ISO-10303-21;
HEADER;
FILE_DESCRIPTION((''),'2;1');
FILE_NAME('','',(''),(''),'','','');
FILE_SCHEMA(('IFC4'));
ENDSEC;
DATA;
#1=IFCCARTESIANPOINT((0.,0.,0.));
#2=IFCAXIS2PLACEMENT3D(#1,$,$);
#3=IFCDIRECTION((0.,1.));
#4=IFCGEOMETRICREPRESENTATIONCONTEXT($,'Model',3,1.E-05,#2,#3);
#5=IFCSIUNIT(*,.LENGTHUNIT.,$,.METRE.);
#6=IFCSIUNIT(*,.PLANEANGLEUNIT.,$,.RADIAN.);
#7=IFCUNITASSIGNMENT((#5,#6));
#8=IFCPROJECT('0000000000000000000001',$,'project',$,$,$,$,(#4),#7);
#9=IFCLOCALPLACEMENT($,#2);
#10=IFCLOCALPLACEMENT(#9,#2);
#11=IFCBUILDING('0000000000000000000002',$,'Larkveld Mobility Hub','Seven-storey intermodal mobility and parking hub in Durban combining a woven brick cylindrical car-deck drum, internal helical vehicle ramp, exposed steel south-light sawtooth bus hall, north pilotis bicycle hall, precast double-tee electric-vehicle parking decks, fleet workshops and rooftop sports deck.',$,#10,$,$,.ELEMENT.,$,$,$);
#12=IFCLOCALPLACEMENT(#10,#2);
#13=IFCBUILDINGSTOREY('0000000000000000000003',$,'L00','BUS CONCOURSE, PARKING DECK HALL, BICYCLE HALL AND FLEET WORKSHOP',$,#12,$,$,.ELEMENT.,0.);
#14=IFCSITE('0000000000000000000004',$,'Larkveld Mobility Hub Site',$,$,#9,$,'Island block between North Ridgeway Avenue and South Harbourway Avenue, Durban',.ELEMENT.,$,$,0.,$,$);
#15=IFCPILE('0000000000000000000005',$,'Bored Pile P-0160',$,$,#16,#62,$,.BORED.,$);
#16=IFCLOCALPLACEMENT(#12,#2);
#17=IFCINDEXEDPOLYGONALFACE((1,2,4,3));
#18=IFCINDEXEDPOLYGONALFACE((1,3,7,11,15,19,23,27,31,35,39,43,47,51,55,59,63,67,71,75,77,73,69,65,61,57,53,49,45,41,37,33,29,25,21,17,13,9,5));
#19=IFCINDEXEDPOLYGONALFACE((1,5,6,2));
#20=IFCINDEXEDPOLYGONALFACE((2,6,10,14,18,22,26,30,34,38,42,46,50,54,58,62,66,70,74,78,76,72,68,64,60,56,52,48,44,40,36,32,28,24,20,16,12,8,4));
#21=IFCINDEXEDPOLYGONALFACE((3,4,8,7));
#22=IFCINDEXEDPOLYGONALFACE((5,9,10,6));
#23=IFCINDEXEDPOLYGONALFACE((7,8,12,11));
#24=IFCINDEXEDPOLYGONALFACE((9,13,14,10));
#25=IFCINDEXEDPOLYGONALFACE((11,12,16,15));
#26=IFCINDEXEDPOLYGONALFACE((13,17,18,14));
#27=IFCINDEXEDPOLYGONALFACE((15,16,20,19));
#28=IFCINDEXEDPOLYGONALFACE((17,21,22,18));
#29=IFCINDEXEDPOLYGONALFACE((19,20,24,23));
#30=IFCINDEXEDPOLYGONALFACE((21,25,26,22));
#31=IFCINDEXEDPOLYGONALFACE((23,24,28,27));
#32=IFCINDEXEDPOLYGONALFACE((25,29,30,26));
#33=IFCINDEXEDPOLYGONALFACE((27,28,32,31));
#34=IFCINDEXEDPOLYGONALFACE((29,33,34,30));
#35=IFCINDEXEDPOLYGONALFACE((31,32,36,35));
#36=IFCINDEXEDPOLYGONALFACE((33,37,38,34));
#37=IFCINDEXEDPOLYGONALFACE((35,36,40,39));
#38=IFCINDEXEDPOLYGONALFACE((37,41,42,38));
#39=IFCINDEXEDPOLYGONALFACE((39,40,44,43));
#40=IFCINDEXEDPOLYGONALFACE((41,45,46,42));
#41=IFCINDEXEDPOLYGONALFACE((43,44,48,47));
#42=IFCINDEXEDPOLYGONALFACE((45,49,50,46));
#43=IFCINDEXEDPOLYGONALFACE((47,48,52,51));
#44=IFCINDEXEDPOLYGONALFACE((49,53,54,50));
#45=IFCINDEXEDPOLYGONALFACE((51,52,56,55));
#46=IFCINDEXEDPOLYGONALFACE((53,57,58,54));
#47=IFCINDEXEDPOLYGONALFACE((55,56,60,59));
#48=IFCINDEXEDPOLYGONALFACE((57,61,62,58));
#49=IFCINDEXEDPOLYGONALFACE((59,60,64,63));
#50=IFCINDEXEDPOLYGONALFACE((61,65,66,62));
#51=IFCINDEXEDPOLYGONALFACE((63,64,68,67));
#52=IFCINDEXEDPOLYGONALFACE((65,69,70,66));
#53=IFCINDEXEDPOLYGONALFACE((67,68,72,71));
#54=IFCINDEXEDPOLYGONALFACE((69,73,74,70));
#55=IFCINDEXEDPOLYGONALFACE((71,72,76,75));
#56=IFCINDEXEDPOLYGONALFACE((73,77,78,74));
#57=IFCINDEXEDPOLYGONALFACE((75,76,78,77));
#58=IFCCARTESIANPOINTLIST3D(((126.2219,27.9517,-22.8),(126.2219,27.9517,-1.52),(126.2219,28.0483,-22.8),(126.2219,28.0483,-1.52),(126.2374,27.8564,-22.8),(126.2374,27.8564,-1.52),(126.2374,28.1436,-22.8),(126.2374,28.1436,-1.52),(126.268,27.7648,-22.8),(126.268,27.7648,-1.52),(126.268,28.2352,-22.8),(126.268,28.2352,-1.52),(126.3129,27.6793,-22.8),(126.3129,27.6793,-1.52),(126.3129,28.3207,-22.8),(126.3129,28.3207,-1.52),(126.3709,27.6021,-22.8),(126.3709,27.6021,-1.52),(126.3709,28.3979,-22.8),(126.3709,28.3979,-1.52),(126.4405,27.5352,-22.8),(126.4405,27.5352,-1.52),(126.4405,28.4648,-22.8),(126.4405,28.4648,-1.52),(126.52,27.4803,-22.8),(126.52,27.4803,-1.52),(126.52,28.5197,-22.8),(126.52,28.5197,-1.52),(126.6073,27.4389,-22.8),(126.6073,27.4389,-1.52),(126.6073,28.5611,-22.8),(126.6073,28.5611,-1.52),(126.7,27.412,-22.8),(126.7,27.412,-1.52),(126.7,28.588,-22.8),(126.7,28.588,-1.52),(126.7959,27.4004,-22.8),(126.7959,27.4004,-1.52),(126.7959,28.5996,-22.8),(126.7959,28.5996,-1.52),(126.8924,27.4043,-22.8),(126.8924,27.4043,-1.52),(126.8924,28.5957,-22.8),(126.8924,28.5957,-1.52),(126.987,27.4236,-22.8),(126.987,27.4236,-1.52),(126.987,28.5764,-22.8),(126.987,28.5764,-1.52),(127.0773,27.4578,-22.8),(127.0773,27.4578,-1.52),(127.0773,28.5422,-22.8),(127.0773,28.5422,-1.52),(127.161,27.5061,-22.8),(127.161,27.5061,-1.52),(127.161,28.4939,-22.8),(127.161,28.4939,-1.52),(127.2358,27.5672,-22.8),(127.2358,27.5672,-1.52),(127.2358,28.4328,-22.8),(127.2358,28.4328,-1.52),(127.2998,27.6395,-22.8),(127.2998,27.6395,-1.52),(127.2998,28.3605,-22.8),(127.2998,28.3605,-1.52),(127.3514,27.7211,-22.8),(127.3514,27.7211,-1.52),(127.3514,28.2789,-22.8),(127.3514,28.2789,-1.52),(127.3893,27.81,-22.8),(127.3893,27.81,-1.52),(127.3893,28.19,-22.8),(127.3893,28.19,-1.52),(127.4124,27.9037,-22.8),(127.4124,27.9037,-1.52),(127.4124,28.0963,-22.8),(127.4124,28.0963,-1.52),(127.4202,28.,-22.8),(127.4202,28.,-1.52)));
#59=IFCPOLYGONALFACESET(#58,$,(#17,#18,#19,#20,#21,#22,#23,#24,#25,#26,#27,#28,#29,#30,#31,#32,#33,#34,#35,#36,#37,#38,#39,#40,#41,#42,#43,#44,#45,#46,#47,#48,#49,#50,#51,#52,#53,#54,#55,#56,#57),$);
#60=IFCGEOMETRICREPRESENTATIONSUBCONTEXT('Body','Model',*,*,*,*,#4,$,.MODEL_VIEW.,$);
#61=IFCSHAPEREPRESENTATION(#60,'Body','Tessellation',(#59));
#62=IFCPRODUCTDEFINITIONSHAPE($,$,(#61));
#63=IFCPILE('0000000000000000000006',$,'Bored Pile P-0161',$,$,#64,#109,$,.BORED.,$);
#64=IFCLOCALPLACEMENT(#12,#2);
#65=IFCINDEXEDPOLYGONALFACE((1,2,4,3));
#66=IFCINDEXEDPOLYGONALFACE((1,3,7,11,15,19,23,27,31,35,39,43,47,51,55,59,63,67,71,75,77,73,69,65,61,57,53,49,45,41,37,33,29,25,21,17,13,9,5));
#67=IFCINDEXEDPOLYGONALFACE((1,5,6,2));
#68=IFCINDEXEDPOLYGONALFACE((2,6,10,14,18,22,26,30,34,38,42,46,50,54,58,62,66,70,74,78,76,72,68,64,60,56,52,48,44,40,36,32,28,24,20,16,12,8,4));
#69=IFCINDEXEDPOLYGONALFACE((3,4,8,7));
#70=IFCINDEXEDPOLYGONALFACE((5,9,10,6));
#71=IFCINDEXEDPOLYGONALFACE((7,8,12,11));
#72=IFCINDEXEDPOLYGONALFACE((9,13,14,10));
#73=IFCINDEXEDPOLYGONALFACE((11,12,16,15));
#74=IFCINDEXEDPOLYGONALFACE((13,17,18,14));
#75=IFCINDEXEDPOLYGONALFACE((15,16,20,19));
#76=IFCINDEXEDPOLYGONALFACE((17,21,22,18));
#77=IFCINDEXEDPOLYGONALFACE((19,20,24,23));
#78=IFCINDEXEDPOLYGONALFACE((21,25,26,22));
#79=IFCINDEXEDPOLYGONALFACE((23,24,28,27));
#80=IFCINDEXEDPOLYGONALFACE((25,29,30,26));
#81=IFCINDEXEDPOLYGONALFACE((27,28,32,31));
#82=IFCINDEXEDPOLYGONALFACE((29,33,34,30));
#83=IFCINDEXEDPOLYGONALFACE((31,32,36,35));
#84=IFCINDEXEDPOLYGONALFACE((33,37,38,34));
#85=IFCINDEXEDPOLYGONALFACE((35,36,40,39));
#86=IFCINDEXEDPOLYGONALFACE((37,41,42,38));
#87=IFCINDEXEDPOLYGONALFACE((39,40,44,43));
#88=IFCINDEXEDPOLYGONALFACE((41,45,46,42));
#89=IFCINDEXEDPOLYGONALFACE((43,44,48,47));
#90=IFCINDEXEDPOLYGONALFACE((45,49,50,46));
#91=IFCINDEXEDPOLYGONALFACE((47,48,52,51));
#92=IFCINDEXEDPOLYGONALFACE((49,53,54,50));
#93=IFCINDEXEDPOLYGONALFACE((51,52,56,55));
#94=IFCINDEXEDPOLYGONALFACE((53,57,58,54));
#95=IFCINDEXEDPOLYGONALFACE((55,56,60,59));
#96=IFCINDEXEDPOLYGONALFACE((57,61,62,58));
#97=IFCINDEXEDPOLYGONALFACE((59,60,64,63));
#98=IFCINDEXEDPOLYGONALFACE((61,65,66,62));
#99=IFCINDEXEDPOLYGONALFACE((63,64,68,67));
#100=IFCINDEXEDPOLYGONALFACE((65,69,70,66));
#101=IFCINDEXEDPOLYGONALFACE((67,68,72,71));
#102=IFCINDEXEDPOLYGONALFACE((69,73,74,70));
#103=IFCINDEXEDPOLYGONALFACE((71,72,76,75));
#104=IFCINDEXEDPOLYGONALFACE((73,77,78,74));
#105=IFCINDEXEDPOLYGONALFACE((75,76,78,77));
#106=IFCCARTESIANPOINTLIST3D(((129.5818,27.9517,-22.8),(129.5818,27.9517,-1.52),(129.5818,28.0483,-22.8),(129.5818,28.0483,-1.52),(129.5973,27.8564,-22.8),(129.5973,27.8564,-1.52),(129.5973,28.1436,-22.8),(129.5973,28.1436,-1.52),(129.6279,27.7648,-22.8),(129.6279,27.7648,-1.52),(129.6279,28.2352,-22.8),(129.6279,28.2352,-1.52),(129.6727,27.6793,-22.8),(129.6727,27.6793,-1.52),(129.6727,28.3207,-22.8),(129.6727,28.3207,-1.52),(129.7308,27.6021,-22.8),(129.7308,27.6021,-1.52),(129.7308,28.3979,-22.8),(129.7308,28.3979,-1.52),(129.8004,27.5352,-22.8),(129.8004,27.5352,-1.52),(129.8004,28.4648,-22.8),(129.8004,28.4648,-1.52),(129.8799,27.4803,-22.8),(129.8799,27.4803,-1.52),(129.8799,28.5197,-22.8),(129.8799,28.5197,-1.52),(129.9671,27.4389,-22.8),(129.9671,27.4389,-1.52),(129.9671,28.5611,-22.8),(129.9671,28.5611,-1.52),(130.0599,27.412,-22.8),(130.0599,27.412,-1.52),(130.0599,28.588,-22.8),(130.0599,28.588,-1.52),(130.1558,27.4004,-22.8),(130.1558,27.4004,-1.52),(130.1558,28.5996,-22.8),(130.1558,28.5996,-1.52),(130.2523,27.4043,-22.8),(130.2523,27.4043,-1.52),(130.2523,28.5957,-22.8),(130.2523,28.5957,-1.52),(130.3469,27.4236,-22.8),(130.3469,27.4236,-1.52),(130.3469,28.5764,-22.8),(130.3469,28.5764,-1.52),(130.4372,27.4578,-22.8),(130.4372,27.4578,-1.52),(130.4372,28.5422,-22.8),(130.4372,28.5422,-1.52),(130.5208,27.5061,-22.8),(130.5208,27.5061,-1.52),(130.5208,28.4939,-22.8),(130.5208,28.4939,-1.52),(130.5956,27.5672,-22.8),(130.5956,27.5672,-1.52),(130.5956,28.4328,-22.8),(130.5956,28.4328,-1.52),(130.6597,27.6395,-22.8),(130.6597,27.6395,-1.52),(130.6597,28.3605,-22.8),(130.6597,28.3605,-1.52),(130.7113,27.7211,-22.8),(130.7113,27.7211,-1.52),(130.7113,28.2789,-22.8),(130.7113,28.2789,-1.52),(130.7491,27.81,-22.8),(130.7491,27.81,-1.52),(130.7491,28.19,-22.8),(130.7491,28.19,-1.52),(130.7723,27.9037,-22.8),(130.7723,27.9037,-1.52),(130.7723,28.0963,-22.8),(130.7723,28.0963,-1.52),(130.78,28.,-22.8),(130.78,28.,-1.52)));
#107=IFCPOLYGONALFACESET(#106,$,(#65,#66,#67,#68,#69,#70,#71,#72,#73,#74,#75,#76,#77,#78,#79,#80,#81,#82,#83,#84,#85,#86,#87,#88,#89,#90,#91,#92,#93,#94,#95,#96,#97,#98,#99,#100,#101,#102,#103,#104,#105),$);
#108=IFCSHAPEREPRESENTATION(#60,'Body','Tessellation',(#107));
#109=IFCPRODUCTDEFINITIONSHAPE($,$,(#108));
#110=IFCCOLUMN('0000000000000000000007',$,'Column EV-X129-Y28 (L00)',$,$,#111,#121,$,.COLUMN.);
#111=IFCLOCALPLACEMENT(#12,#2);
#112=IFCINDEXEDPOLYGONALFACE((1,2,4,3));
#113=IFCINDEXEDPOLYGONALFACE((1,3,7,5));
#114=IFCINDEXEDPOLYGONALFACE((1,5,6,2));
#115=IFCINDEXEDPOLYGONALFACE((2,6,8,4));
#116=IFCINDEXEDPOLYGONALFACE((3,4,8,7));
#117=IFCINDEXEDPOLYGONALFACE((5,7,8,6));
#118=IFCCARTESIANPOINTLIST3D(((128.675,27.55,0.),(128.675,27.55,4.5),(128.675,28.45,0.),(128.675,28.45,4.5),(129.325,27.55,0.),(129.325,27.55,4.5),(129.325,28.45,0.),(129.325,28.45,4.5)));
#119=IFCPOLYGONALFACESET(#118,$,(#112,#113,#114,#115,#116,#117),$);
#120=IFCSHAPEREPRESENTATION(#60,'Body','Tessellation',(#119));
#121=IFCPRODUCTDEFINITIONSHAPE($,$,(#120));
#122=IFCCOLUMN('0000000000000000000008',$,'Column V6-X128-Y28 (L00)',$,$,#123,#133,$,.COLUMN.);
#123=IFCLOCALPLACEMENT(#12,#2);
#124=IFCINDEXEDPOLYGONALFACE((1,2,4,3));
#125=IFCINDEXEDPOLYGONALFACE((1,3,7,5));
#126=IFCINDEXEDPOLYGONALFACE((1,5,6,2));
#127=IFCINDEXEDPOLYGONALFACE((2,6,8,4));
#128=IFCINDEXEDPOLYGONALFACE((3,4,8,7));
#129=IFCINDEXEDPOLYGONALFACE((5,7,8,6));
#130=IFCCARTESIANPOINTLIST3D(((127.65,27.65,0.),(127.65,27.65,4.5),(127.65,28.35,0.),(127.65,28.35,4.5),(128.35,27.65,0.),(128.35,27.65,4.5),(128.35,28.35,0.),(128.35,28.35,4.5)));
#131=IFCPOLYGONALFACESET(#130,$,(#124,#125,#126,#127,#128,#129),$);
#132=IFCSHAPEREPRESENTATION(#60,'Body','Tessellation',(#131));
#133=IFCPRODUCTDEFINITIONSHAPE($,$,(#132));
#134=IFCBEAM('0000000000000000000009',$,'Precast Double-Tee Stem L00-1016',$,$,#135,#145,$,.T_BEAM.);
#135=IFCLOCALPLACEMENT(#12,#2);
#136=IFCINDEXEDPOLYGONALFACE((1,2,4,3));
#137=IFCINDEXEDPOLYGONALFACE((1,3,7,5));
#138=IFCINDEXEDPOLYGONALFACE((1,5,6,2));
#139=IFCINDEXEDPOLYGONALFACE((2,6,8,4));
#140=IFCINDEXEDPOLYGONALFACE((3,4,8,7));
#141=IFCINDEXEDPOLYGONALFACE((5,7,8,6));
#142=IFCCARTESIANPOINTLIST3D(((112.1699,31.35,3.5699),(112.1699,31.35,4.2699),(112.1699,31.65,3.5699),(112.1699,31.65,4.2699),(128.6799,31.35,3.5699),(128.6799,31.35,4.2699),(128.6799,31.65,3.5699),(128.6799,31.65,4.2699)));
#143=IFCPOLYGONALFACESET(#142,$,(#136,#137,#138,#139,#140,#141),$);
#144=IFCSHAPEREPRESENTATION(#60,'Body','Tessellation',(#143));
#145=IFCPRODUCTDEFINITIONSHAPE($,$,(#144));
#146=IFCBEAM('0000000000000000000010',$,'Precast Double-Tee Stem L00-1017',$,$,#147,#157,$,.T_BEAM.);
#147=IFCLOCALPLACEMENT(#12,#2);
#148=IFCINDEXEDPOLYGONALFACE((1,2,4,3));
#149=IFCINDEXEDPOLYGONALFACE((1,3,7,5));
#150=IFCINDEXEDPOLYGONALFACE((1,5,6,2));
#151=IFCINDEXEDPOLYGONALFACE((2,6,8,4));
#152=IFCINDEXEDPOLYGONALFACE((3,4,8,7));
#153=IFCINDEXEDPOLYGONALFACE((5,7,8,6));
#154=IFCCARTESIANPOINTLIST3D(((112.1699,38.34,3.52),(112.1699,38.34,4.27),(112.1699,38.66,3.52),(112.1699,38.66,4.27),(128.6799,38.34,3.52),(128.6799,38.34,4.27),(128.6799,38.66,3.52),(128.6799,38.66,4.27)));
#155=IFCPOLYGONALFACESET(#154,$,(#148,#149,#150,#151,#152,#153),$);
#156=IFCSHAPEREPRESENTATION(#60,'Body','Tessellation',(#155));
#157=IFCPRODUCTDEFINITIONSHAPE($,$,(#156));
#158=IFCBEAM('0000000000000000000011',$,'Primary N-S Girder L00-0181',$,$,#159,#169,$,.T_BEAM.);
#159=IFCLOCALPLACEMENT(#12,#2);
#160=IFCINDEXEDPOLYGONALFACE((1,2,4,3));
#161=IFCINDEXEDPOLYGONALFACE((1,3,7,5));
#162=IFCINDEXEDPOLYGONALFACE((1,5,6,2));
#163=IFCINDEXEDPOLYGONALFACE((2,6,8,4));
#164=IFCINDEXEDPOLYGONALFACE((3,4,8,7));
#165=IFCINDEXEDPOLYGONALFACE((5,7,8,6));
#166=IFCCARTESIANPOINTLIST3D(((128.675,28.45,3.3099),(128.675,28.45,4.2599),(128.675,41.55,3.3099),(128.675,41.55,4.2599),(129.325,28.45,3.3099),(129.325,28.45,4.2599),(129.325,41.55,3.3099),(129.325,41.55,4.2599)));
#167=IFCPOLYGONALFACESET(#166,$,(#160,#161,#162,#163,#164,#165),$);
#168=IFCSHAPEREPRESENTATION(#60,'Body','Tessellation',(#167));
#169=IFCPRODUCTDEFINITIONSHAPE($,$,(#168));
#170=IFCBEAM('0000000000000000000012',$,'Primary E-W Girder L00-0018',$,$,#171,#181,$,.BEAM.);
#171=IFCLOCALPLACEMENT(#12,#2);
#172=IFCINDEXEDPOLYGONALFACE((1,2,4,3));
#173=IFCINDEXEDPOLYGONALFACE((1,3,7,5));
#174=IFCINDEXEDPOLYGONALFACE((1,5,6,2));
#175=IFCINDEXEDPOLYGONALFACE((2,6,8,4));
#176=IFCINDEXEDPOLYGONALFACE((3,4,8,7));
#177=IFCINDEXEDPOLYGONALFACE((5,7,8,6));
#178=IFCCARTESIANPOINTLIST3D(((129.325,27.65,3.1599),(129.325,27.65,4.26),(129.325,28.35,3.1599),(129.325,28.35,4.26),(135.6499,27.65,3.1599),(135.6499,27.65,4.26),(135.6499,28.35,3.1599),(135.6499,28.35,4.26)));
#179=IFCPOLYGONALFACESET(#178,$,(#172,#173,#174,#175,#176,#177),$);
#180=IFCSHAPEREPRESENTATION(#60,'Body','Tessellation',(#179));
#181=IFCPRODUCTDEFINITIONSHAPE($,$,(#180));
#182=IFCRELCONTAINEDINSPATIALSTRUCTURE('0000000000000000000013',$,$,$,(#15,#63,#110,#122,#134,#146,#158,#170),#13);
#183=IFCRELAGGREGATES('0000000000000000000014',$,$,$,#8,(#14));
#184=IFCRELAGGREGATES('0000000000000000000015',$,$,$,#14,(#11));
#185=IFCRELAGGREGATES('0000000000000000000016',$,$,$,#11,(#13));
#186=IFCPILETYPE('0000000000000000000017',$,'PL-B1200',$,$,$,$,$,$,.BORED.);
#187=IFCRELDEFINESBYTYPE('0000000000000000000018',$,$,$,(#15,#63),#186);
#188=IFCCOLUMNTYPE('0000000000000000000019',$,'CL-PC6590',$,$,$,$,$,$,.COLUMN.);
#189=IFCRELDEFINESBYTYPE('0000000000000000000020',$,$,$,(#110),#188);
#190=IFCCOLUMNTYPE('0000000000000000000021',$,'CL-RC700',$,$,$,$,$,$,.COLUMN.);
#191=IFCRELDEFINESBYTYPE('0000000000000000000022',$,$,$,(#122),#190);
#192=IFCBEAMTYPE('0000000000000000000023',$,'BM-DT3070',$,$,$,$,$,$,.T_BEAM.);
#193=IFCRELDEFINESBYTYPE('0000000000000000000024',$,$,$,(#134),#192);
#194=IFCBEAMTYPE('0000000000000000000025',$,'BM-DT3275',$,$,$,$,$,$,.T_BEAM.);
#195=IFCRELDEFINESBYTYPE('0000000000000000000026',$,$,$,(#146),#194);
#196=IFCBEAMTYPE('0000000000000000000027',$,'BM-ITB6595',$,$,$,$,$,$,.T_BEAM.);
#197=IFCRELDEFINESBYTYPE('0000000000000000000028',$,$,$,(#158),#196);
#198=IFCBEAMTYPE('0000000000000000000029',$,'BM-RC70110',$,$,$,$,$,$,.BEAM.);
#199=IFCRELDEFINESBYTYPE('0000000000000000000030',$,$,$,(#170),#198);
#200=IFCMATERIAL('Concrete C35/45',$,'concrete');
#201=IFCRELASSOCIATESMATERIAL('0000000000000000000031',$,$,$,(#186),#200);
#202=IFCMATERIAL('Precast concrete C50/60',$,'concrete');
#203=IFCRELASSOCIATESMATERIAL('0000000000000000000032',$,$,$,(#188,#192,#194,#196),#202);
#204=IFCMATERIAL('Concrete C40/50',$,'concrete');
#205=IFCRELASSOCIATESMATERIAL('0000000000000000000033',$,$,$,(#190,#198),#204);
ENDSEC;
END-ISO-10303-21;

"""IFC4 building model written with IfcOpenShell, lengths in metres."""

from ifc_helpers import new_model, si_unit, direction, frame, origin, origin_2d, place, context, subcontext, project, spatial, rectangle, circle, extrude, material, material_profile, profile_set, type_object, element, save


model = new_model("IFC4")

# Units and contexts
model_context = context("Model", 3, precision=1e-05, world=origin(), true_north=direction((0.0, 1.0)))
body_context = subcontext(model_context, "Body", "Model", "MODEL_VIEW")
ifc_project = project(units=[si_unit("LENGTHUNIT", "METRE"), si_unit("PLANEANGLEUNIT", "RADIAN")], contexts=[model_context])

# Site, building, storey
site_placement = place(None, origin())
site = spatial("IfcSite", under=ifc_project, at=site_placement, Name="Larkveld Mobility Hub Site", LongName="Island block between North Ridgeway Avenue and South Harbourway Avenue, Durban", CompositionType="ELEMENT", RefElevation=0.0)
building_placement = place(site_placement, origin())
building = spatial("IfcBuilding", under=site, at=building_placement, Name="Larkveld Mobility Hub", Description="Seven-storey intermodal mobility and parking hub in Durban combining a woven brick cylindrical car-deck drum, internal helical vehicle ramp, exposed steel south-light sawtooth bus hall, north pilotis bicycle hall, precast double-tee electric-vehicle parking decks, fleet workshops and rooftop sports deck.", CompositionType="ELEMENT")
storey_placement = place(building_placement, origin())
storey = spatial("IfcBuildingStorey", under=building, at=storey_placement, Name="L00", Description="BUS CONCOURSE, PARKING DECK HALL, BICYCLE HALL AND FLEET WORKSHOP", CompositionType="ELEMENT", Elevation=0.0)

# Shared definitions
ifc_material_1 = material(Name="Concrete C35/45", Category="concrete")

# Piles
ifc_material_profile_1 = material_profile(ifc_material_1, circle(Radius=0.6001, at=origin_2d()), Name="PILE D1200")
ifc_profile_set_1 = profile_set([ifc_material_profile_1], Name="Concrete C35/45")
pile_type_1 = type_object("IfcPileType", Name="PL-B1200", PredefinedType="BORED", material=ifc_profile_set_1)
for number, where, z_axis, x_axis, name in (
    (1, (126.8201, 28.0, -1.52), (0.0, 0.0, -1.0), (1.0, 0.0, 0.0), "Bored Pile P-0160"),
    (2, (130.1799, 28.0, -1.52), (0.0, 0.0, -1.0), (1.0, 0.0, 0.0), "Bored Pile P-0161"),
):
    element("IfcPile", number, at=place(storey_placement, frame(where, z_axis=z_axis, x_axis=x_axis)), inside=storey, type_object=pile_type_1, Name=name, PredefinedType="BORED", context=body_context, shape_type="SweptSolid", body=[
        extrude(circle(Radius=0.6001, at=origin_2d()), origin(), (0.0, 0.0, 1.0), 21.28),
    ])

# Columns
ifc_material_2 = material(Name="Precast concrete C50/60", Category="concrete")
ifc_material_profile_2 = material_profile(ifc_material_2, rectangle(XDim=0.6499, YDim=0.8999, at=origin_2d()), Name="RC COL 650x900")
ifc_profile_set_2 = profile_set([ifc_material_profile_2], Name="Precast concrete C50/60")
column_type_1 = type_object("IfcColumnType", Name="CL-PC6590", PredefinedType="COLUMN", material=ifc_profile_set_2)
column_1_placement = place(storey_placement, frame((129.0, 28.0, 0.0), z_axis=(0.0, 0.0, 1.0), x_axis=(1.0, 0.0, 0.0)))
element("IfcColumn", 3, at=column_1_placement, inside=storey, type_object=column_type_1, Name="Column EV-X129-Y28 (L00)", PredefinedType="COLUMN", context=body_context, shape_type="SweptSolid", body=[
    extrude(rectangle(XDim=0.6499, YDim=0.8999, at=origin_2d()), origin(), (0.0, 0.0, 1.0), 4.5),
])
ifc_material_3 = material(Name="Concrete C40/50", Category="concrete")
ifc_material_profile_3 = material_profile(ifc_material_3, rectangle(XDim=0.7, YDim=0.7, at=origin_2d()), Name="RC COL 700x700")
ifc_profile_set_3 = profile_set([ifc_material_profile_3], Name="Concrete C40/50")
column_type_2 = type_object("IfcColumnType", Name="CL-RC700", PredefinedType="COLUMN", material=ifc_profile_set_3)
column_2_placement = place(storey_placement, frame((128.0, 28.0, 0.0), z_axis=(0.0, 0.0, 1.0), x_axis=(1.0, 0.0, 0.0)))
element("IfcColumn", 4, at=column_2_placement, inside=storey, type_object=column_type_2, Name="Column V6-X128-Y28 (L00)", PredefinedType="COLUMN", context=body_context, shape_type="SweptSolid", body=[
    extrude(rectangle(XDim=0.7, YDim=0.7, at=origin_2d()), origin(), (0.0, 0.0, 1.0), 4.5),
])

# Beams
ifc_material_profile_4 = material_profile(ifc_material_2, rectangle(XDim=0.3, YDim=0.7, at=origin_2d()), Name="PC DT 300x700")
ifc_profile_set_4 = profile_set([ifc_material_profile_4], Name="Precast concrete C50/60")
beam_type_1 = type_object("IfcBeamType", Name="BM-DT3070", PredefinedType="T_BEAM", material=ifc_profile_set_4)
beam_1_placement = place(storey_placement, frame((112.1699, 31.5, 3.9199), z_axis=(1.0, 0.0, 0.0), x_axis=(0.0, 1.0, 0.0)))
element("IfcBeam", 5, at=beam_1_placement, inside=storey, type_object=beam_type_1, Name="Precast Double-Tee Stem L00-1016", PredefinedType="T_BEAM", context=body_context, shape_type="SweptSolid", body=[
    extrude(rectangle(XDim=0.3, YDim=0.7, at=origin_2d()), origin(), (0.0, 0.0, 1.0), 16.51),
])
ifc_material_profile_5 = material_profile(ifc_material_2, rectangle(XDim=0.3201, YDim=0.75, at=origin_2d()), Name="PC DT 320x750")
ifc_profile_set_5 = profile_set([ifc_material_profile_5], Name="Precast concrete C50/60")
beam_type_2 = type_object("IfcBeamType", Name="BM-DT3275", PredefinedType="T_BEAM", material=ifc_profile_set_5)
beam_2_placement = place(storey_placement, frame((112.1699, 38.5, 3.895), z_axis=(1.0, 0.0, 0.0), x_axis=(0.0, 1.0, 0.0)))
element("IfcBeam", 6, at=beam_2_placement, inside=storey, type_object=beam_type_2, Name="Precast Double-Tee Stem L00-1017", PredefinedType="T_BEAM", context=body_context, shape_type="SweptSolid", body=[
    extrude(rectangle(XDim=0.3201, YDim=0.75, at=origin_2d()), origin(), (0.0, 0.0, 1.0), 16.51),
])
ifc_material_profile_6 = material_profile(ifc_material_2, rectangle(XDim=0.6499, YDim=0.95, at=origin_2d()), Name="PC ITB 650x950")
ifc_profile_set_6 = profile_set([ifc_material_profile_6], Name="Precast concrete C50/60")
beam_type_3 = type_object("IfcBeamType", Name="BM-ITB6595", PredefinedType="T_BEAM", material=ifc_profile_set_6)
beam_3_placement = place(storey_placement, frame((129.0, 28.45, 3.7849), z_axis=(0.0, 1.0, 0.0), x_axis=(-1.0, 0.0, 0.0)))
element("IfcBeam", 7, at=beam_3_placement, inside=storey, type_object=beam_type_3, Name="Primary N-S Girder L00-0181", PredefinedType="T_BEAM", context=body_context, shape_type="SweptSolid", body=[
    extrude(rectangle(XDim=0.6499, YDim=0.95, at=origin_2d()), origin(), (0.0, 0.0, 1.0), 13.1001),
])
ifc_material_profile_7 = material_profile(ifc_material_3, rectangle(XDim=0.7, YDim=1.1001, at=origin_2d()), Name="RC BM 700x1100")
ifc_profile_set_7 = profile_set([ifc_material_profile_7], Name="Concrete C40/50")
beam_type_4 = type_object("IfcBeamType", Name="BM-RC70110", PredefinedType="BEAM", material=ifc_profile_set_7)
beam_4_placement = place(storey_placement, frame((129.325, 28.0, 3.71), z_axis=(1.0, 0.0, 0.0), x_axis=(0.0, 1.0, 0.0)))
element("IfcBeam", 8, at=beam_4_placement, inside=storey, type_object=beam_type_4, Name="Primary E-W Girder L00-0018", PredefinedType="BEAM", context=body_context, shape_type="SweptSolid", body=[
    extrude(rectangle(XDim=0.7, YDim=1.1001, at=origin_2d()), origin(), (0.0, 0.0, 1.0), 6.325),
])

save(model, "model.ifc")
